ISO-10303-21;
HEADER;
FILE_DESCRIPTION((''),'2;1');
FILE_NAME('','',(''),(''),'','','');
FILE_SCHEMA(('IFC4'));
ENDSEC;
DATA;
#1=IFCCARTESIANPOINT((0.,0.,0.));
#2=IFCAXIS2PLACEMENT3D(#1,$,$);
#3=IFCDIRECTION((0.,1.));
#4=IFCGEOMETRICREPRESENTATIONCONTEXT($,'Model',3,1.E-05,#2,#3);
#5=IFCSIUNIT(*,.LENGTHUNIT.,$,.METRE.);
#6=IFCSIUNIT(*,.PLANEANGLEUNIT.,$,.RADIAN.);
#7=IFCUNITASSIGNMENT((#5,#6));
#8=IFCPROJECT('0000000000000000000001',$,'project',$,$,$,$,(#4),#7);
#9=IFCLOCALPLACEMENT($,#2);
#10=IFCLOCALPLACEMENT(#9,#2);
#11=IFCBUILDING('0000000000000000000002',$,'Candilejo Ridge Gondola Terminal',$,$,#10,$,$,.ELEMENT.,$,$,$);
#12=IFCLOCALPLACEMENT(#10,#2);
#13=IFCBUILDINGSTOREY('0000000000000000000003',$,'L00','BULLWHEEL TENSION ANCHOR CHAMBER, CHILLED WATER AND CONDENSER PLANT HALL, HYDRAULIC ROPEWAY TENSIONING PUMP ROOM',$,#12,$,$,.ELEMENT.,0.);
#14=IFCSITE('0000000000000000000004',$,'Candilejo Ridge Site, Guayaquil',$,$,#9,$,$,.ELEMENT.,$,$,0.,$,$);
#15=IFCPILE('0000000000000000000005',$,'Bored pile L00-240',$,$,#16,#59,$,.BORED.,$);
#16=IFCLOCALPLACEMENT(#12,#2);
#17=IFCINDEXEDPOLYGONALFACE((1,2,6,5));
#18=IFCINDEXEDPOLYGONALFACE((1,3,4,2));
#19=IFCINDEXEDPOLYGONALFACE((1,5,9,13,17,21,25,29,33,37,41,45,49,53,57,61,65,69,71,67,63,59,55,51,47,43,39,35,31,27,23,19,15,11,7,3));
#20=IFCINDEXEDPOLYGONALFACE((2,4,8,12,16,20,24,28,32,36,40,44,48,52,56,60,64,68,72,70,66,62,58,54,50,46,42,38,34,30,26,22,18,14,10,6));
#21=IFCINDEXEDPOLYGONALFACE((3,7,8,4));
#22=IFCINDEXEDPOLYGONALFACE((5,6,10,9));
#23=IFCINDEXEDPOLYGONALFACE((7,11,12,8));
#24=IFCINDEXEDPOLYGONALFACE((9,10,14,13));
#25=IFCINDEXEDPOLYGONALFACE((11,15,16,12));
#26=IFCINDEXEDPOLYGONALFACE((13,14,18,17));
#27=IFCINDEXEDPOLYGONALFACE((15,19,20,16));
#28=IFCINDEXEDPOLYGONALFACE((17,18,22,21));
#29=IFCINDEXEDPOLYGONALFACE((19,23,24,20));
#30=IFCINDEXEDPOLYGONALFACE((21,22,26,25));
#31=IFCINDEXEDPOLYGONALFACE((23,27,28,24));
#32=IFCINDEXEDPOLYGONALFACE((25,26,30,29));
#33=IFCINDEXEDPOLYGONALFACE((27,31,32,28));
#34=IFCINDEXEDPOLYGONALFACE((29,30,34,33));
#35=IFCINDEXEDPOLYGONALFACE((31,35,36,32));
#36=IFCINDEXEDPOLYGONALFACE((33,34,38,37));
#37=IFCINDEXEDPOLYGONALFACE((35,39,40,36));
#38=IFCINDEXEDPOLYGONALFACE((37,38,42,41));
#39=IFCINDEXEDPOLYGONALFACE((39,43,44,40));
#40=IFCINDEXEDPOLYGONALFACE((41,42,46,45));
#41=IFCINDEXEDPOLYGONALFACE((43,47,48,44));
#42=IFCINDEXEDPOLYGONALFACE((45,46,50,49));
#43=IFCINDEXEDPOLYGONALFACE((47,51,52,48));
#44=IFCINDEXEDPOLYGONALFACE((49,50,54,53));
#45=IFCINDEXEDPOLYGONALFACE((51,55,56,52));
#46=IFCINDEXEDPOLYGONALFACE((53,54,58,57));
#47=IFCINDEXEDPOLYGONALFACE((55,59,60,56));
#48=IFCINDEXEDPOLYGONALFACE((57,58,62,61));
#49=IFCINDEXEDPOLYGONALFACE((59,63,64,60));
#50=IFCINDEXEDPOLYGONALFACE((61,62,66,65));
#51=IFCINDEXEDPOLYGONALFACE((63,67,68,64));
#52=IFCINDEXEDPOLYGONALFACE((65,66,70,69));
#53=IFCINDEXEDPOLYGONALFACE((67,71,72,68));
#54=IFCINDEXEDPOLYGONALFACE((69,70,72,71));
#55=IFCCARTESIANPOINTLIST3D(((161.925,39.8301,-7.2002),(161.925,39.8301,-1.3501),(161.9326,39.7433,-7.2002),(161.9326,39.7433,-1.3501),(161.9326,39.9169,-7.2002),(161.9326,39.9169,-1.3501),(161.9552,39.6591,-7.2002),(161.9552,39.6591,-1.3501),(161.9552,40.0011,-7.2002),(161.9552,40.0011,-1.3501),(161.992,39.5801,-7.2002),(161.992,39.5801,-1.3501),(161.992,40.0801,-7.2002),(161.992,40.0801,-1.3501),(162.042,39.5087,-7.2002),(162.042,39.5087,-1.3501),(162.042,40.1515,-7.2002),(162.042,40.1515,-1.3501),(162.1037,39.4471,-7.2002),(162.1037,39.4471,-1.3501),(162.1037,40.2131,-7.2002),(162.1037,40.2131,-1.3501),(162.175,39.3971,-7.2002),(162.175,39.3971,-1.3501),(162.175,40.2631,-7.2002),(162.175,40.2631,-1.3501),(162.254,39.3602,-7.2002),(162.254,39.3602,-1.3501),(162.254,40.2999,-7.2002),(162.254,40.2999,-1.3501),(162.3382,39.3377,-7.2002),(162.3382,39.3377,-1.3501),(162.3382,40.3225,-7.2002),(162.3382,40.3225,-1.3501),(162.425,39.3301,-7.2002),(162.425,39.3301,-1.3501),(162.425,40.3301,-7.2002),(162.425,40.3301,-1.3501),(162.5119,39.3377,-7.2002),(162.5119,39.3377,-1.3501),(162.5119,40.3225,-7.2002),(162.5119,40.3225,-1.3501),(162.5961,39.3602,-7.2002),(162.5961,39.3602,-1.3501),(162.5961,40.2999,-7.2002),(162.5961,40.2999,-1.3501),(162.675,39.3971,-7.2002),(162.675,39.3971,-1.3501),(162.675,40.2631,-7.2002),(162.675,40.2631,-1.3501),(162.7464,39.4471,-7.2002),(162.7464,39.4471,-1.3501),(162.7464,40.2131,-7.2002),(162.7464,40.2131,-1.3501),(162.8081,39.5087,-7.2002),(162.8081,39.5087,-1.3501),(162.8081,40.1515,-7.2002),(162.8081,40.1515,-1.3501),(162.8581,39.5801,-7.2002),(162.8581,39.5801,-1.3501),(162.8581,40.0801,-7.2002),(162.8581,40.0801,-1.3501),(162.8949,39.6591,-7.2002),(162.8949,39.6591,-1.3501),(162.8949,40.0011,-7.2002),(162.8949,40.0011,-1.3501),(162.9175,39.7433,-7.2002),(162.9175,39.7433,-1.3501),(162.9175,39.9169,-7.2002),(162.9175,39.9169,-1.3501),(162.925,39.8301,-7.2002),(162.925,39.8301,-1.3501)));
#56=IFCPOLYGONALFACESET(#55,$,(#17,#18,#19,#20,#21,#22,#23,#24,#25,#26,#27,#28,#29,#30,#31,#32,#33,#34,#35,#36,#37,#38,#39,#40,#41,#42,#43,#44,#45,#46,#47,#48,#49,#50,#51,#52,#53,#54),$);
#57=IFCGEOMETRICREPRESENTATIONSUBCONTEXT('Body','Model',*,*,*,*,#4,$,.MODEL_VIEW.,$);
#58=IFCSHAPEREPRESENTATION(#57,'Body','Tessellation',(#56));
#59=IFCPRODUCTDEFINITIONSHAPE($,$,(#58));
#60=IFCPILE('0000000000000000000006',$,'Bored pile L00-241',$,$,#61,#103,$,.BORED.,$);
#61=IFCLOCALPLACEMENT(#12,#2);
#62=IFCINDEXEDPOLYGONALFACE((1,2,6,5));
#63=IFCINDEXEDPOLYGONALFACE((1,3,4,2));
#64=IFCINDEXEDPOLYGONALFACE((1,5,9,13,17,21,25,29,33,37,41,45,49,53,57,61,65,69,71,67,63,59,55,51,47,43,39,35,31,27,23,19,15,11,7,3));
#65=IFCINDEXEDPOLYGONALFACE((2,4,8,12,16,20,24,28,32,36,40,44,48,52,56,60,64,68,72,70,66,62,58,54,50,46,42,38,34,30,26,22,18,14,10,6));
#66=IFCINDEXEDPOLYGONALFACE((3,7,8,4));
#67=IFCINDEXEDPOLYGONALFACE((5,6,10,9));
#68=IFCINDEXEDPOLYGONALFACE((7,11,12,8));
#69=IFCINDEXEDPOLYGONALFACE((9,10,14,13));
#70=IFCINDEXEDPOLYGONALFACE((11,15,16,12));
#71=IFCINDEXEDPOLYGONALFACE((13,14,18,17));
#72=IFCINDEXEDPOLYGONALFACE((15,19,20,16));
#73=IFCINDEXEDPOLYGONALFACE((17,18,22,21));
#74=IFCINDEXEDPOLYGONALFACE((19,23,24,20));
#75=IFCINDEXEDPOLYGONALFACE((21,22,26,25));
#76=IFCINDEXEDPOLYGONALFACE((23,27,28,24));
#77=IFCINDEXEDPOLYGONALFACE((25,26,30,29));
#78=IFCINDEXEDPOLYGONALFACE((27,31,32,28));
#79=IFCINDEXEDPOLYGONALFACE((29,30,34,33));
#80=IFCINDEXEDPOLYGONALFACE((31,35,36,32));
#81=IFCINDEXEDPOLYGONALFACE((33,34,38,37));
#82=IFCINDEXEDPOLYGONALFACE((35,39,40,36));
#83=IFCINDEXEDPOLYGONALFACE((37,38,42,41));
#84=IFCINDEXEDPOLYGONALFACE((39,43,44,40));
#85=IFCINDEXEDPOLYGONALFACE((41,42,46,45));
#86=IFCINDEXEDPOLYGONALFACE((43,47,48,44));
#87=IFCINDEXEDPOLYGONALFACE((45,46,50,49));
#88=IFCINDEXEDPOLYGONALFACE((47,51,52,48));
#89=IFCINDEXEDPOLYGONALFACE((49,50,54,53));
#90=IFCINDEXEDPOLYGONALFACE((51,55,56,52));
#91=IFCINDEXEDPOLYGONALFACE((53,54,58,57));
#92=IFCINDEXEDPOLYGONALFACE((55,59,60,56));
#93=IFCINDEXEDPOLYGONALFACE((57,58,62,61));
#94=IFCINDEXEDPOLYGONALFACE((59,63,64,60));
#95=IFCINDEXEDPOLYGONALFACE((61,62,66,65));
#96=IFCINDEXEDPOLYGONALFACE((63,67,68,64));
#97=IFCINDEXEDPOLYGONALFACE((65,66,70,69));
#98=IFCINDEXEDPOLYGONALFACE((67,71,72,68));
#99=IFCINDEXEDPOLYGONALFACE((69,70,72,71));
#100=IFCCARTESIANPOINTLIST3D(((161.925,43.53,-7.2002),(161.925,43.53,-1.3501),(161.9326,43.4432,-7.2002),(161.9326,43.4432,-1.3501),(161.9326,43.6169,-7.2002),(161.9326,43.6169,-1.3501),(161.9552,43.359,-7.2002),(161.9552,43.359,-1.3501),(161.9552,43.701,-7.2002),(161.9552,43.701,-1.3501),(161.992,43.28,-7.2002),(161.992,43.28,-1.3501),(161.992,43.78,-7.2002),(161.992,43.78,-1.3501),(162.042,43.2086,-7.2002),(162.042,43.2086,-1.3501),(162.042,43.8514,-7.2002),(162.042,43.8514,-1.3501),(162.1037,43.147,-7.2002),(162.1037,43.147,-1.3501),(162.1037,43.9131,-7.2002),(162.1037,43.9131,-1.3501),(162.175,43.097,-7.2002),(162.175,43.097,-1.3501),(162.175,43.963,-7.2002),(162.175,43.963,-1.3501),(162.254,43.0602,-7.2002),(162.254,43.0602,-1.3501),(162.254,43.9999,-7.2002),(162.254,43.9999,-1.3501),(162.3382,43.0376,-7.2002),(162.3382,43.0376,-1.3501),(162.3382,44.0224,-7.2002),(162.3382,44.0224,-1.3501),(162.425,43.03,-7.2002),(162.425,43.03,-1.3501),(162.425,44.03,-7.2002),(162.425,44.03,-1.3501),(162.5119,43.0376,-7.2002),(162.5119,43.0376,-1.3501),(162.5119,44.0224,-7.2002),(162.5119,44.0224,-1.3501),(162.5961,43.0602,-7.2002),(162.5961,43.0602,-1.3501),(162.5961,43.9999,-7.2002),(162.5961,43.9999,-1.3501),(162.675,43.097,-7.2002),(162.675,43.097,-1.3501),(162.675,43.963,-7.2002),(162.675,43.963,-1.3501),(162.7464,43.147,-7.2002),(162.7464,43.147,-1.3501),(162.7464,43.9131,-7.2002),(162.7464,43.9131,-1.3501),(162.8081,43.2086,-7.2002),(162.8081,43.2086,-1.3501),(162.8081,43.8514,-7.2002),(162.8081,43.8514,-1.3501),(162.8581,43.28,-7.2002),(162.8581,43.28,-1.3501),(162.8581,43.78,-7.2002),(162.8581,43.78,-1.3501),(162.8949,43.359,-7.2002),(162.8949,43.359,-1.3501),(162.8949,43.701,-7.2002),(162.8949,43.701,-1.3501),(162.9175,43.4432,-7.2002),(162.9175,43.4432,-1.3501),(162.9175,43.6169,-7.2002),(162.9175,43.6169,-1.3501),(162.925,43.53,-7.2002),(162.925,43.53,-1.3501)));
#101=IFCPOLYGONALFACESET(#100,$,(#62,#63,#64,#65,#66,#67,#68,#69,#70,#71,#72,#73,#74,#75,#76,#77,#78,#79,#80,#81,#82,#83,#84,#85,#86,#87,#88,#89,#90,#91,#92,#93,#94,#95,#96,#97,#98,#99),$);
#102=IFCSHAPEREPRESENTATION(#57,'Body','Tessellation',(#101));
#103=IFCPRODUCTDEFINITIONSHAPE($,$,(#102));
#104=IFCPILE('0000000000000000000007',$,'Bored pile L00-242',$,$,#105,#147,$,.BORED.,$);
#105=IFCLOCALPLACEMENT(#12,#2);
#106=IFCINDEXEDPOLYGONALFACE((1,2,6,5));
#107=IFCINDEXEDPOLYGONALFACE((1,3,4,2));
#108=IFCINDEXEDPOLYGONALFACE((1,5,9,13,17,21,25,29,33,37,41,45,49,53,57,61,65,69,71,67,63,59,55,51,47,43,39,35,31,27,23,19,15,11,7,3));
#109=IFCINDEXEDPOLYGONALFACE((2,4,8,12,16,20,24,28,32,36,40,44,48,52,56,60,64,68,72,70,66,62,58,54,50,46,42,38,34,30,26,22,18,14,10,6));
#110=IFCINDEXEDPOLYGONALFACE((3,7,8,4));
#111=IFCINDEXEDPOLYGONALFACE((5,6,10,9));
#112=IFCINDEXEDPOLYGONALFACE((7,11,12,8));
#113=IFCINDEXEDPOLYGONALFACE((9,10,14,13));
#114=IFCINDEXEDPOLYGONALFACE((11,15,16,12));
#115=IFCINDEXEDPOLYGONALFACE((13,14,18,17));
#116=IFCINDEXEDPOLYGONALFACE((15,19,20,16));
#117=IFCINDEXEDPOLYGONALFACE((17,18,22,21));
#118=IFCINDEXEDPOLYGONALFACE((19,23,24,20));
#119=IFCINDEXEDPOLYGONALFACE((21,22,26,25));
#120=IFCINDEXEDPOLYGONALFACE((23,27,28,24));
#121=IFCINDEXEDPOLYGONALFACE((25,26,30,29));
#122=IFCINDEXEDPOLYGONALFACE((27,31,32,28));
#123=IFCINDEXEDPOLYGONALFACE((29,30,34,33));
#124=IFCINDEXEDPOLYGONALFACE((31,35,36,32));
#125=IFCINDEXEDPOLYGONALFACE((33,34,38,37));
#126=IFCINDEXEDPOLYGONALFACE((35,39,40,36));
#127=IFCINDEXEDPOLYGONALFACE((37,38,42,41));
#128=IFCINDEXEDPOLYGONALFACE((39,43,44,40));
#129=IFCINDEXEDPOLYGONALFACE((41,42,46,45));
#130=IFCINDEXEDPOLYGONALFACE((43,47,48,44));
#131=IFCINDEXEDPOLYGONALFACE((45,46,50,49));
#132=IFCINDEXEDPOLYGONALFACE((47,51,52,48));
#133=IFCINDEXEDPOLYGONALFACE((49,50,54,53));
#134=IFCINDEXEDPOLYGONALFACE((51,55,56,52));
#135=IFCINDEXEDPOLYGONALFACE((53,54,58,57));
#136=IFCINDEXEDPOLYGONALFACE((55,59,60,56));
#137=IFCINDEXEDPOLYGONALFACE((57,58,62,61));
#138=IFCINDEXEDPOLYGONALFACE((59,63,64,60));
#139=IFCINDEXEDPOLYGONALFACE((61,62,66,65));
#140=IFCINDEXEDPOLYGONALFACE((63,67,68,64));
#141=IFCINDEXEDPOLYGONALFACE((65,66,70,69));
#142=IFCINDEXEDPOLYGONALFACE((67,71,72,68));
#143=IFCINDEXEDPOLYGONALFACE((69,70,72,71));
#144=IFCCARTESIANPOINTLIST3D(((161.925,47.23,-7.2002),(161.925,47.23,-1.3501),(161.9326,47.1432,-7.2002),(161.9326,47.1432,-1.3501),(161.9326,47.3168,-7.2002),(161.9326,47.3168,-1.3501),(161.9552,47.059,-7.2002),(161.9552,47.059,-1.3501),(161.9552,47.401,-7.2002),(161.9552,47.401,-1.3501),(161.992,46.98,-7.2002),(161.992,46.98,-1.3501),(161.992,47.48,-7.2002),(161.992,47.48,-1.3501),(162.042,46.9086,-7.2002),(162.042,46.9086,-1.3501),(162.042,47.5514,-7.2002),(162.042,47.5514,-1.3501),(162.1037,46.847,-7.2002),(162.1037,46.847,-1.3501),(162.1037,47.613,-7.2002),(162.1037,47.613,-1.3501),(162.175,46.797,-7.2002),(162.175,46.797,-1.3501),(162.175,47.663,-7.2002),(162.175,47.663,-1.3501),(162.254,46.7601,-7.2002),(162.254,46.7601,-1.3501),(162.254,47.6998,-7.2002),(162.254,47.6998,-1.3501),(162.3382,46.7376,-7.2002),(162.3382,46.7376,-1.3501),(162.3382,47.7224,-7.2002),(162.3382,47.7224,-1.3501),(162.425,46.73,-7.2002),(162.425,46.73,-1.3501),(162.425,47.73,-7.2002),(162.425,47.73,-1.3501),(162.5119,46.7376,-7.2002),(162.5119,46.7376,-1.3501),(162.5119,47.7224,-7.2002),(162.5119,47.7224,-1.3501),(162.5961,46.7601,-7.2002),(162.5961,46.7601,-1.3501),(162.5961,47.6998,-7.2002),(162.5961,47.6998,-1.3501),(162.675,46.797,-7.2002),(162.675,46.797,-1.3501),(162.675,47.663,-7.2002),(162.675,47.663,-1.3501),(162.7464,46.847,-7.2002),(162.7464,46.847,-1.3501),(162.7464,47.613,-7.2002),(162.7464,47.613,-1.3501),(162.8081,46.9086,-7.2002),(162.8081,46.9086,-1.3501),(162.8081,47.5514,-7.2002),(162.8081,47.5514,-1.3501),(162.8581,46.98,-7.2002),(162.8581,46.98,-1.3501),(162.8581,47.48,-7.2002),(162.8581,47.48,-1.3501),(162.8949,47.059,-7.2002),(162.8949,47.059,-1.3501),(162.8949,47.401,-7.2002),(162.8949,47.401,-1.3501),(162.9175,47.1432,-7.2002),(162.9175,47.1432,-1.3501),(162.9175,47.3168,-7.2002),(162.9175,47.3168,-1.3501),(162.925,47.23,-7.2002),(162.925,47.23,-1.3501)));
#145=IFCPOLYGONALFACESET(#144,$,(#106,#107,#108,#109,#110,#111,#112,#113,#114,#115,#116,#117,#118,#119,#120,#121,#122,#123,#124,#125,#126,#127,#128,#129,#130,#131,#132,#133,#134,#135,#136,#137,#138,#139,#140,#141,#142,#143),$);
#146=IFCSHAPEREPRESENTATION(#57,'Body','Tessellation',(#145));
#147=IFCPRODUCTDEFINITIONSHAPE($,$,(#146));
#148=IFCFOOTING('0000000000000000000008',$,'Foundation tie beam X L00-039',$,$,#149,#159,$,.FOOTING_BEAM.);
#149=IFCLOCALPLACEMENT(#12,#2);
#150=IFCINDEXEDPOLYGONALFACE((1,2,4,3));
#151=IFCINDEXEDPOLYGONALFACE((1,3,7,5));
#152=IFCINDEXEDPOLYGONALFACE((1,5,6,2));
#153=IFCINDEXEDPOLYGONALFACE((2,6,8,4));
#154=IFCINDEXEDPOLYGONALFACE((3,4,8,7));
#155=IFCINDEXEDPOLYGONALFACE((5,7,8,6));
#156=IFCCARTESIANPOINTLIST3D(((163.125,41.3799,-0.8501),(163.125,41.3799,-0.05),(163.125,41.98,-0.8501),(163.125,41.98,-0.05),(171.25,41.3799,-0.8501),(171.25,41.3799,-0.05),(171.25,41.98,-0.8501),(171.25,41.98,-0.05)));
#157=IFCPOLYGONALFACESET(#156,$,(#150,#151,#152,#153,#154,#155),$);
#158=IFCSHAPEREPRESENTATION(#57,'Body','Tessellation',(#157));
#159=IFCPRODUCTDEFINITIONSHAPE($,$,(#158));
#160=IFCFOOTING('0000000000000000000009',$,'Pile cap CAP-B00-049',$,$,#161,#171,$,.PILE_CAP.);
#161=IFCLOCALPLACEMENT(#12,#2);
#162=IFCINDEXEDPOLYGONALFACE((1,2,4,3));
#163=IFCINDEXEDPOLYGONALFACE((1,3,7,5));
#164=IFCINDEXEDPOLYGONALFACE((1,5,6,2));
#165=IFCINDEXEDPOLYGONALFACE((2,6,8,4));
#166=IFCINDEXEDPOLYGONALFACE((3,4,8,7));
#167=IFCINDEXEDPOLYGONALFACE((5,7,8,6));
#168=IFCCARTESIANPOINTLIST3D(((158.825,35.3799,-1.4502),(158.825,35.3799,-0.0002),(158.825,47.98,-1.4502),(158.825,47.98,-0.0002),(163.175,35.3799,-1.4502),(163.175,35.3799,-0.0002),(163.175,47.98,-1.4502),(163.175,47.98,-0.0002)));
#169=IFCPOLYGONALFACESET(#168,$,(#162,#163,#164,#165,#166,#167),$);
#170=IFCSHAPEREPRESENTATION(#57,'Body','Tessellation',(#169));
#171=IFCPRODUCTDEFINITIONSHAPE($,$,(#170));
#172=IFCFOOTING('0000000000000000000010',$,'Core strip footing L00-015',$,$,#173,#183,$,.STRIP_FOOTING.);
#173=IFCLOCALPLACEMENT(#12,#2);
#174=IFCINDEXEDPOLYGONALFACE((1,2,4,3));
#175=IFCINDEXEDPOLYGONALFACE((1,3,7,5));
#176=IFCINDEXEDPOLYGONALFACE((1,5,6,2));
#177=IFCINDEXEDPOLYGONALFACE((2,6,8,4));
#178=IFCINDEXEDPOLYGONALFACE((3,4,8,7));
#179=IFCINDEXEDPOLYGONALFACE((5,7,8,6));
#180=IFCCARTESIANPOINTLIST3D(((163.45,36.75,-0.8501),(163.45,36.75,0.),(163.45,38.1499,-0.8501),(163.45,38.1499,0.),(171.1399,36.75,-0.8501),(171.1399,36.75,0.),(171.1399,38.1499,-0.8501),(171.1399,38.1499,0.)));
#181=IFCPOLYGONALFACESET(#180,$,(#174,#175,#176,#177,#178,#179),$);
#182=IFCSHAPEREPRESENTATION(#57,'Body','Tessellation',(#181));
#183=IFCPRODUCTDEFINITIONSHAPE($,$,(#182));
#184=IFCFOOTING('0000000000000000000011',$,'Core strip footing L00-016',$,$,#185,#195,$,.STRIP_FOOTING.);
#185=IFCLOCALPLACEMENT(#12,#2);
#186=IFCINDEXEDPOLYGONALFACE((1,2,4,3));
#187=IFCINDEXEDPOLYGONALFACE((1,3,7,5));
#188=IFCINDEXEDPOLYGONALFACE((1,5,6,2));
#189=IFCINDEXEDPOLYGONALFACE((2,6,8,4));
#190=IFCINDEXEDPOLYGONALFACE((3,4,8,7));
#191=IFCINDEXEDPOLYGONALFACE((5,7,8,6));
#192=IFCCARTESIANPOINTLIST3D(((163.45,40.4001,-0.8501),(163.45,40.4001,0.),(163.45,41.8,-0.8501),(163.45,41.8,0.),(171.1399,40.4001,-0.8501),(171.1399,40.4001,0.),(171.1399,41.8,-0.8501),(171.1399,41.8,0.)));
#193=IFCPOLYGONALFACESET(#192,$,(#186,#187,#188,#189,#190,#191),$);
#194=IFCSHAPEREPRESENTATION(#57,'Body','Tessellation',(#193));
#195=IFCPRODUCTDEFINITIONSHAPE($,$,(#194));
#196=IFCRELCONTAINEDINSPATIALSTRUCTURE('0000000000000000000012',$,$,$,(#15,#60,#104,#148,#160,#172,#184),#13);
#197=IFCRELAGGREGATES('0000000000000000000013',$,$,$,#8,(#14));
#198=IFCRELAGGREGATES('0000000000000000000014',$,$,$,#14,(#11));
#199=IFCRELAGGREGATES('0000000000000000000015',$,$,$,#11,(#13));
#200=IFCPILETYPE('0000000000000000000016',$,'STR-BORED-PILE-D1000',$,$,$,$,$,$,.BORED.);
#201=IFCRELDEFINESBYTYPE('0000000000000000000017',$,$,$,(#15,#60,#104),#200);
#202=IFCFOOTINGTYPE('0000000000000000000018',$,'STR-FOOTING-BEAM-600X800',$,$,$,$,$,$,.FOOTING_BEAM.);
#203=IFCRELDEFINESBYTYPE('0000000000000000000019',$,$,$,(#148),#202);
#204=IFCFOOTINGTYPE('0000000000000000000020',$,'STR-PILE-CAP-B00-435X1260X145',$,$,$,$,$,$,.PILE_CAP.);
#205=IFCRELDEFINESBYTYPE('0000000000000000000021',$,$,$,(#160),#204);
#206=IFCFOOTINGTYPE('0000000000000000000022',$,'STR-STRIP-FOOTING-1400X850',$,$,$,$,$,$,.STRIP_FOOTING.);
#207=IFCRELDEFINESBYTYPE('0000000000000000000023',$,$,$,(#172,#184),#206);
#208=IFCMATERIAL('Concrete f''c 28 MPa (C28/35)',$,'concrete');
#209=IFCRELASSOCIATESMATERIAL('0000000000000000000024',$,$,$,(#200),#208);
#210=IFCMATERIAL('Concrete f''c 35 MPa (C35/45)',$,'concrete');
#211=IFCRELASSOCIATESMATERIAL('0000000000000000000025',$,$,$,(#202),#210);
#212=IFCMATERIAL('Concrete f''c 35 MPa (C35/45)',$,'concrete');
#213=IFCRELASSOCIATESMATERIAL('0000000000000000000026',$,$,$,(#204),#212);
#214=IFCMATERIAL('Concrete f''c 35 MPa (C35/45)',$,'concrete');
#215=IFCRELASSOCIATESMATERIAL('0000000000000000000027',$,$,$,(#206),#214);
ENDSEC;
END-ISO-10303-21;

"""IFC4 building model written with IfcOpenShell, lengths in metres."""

from ifc_helpers import new_model, si_unit, direction, frame, origin, origin_2d, place, context, subcontext, project, spatial, rectangle, circle, extrude, material, material_profile, profile_set, type_object, element, save


model = new_model("IFC4")

# Units and contexts
model_context = context("Model", 3, precision=1e-05, world=origin(), true_north=direction((0.0, 1.0)))
body_context = subcontext(model_context, "Body", "Model", "MODEL_VIEW")
ifc_project = project(units=[si_unit("LENGTHUNIT", "METRE"), si_unit("PLANEANGLEUNIT", "RADIAN")], contexts=[model_context])

# Site, building, storey
site_placement = place(None, origin())
site = spatial("IfcSite", under=ifc_project, at=site_placement, Name="Candilejo Ridge Site, Guayaquil", CompositionType="ELEMENT", RefElevation=0.0)
building_placement = place(site_placement, origin())
building = spatial("IfcBuilding", under=site, at=building_placement, Name="Candilejo Ridge Gondola Terminal", CompositionType="ELEMENT")
storey_placement = place(building_placement, origin())
storey = spatial("IfcBuildingStorey", under=building, at=storey_placement, Name="L00", Description="BULLWHEEL TENSION ANCHOR CHAMBER, CHILLED WATER AND CONDENSER PLANT HALL, HYDRAULIC ROPEWAY TENSIONING PUMP ROOM", CompositionType="ELEMENT", Elevation=0.0)

# Piles
ifc_material_1 = material(Name="Concrete f'c 28 MPa (C28/35)", Category="concrete")
ifc_material_profile_1 = material_profile(ifc_material_1, circle(Radius=0.5, at=origin_2d()))
ifc_profile_set_1 = profile_set([ifc_material_profile_1], Name="Concrete f'c 28 MPa (C28/35)")
pile_type = type_object("IfcPileType", Name="STR-BORED-PILE-D1000", PredefinedType="BORED", material=ifc_profile_set_1)
for number, where, z_axis, x_axis, name in (
    (1, (162.425, 39.8301, -1.3501), (0.0, 0.0, -1.0), (1.0, 0.0, 0.0), "Bored pile L00-240"),
    (2, (162.425, 43.53, -1.3501), (0.0, 0.0, -1.0), (1.0, 0.0, 0.0), "Bored pile L00-241"),
    (3, (162.425, 47.23, -1.3501), (0.0, 0.0, -1.0), (1.0, 0.0, 0.0), "Bored pile L00-242"),
):
    element("IfcPile", number, at=place(storey_placement, frame(where, z_axis=z_axis, x_axis=x_axis)), inside=storey, type_object=pile_type, Name=name, PredefinedType="BORED", context=body_context, shape_type="SweptSolid", body=[
        extrude(circle(Radius=0.5, at=origin_2d()), origin(), (0.0, 0.0, 1.0), 5.8501),
    ])

# Footings
ifc_material_2 = material(Name="Concrete f'c 35 MPa (C35/45)", Category="concrete")
footing_type_1 = type_object("IfcFootingType", Name="STR-FOOTING-BEAM-600X800", PredefinedType="FOOTING_BEAM", material=ifc_material_2)
footing_1_placement = place(storey_placement, frame((167.1875, 41.6799, -0.8501), z_axis=(0.0, 0.0, 1.0), x_axis=(1.0, 0.0, 0.0)))
element("IfcFooting", 4, at=footing_1_placement, inside=storey, type_object=footing_type_1, Name="Foundation tie beam X L00-039", PredefinedType="FOOTING_BEAM", context=body_context, shape_type="SweptSolid", body=[
    extrude(rectangle(XDim=8.125, YDim=0.6001, at=origin_2d()), origin(), (0.0, 0.0, 1.0), 0.8),
])
ifc_material_3 = material(Name="Concrete f'c 35 MPa (C35/45)", Category="concrete")
footing_type_2 = type_object("IfcFootingType", Name="STR-PILE-CAP-B00-435X1260X145", PredefinedType="PILE_CAP", material=ifc_material_3)
footing_2_placement = place(storey_placement, frame((161.0, 41.6799, -1.4502), z_axis=(0.0, 0.0, 1.0), x_axis=(1.0, 0.0, 0.0)))
element("IfcFooting", 5, at=footing_2_placement, inside=storey, type_object=footing_type_2, Name="Pile cap CAP-B00-049", PredefinedType="PILE_CAP", context=body_context, shape_type="SweptSolid", body=[
    extrude(rectangle(XDim=4.3501, YDim=12.6001, at=origin_2d()), origin(), (0.0, 0.0, 1.0), 1.45),
])
ifc_material_4 = material(Name="Concrete f'c 35 MPa (C35/45)", Category="concrete")
footing_type_3 = type_object("IfcFootingType", Name="STR-STRIP-FOOTING-1400X850", PredefinedType="STRIP_FOOTING", material=ifc_material_4)
for number, where, z_axis, x_axis, name in (
    (6, (167.2949, 37.45, -0.8501), (0.0, 0.0, 1.0), (1.0, 0.0, 0.0), "Core strip footing L00-015"),
    (7, (167.2949, 41.1001, -0.8501), (0.0, 0.0, 1.0), (1.0, 0.0, 0.0), "Core strip footing L00-016"),
):
    element("IfcFooting", number, at=place(storey_placement, frame(where, z_axis=z_axis, x_axis=x_axis)), inside=storey, type_object=footing_type_3, Name=name, PredefinedType="STRIP_FOOTING", context=body_context, shape_type="SweptSolid", body=[
        extrude(rectangle(XDim=7.6899, YDim=1.3999, at=origin_2d()), origin(), (0.0, 0.0, 1.0), 0.8501),
    ])

save(model, "model.ifc")
